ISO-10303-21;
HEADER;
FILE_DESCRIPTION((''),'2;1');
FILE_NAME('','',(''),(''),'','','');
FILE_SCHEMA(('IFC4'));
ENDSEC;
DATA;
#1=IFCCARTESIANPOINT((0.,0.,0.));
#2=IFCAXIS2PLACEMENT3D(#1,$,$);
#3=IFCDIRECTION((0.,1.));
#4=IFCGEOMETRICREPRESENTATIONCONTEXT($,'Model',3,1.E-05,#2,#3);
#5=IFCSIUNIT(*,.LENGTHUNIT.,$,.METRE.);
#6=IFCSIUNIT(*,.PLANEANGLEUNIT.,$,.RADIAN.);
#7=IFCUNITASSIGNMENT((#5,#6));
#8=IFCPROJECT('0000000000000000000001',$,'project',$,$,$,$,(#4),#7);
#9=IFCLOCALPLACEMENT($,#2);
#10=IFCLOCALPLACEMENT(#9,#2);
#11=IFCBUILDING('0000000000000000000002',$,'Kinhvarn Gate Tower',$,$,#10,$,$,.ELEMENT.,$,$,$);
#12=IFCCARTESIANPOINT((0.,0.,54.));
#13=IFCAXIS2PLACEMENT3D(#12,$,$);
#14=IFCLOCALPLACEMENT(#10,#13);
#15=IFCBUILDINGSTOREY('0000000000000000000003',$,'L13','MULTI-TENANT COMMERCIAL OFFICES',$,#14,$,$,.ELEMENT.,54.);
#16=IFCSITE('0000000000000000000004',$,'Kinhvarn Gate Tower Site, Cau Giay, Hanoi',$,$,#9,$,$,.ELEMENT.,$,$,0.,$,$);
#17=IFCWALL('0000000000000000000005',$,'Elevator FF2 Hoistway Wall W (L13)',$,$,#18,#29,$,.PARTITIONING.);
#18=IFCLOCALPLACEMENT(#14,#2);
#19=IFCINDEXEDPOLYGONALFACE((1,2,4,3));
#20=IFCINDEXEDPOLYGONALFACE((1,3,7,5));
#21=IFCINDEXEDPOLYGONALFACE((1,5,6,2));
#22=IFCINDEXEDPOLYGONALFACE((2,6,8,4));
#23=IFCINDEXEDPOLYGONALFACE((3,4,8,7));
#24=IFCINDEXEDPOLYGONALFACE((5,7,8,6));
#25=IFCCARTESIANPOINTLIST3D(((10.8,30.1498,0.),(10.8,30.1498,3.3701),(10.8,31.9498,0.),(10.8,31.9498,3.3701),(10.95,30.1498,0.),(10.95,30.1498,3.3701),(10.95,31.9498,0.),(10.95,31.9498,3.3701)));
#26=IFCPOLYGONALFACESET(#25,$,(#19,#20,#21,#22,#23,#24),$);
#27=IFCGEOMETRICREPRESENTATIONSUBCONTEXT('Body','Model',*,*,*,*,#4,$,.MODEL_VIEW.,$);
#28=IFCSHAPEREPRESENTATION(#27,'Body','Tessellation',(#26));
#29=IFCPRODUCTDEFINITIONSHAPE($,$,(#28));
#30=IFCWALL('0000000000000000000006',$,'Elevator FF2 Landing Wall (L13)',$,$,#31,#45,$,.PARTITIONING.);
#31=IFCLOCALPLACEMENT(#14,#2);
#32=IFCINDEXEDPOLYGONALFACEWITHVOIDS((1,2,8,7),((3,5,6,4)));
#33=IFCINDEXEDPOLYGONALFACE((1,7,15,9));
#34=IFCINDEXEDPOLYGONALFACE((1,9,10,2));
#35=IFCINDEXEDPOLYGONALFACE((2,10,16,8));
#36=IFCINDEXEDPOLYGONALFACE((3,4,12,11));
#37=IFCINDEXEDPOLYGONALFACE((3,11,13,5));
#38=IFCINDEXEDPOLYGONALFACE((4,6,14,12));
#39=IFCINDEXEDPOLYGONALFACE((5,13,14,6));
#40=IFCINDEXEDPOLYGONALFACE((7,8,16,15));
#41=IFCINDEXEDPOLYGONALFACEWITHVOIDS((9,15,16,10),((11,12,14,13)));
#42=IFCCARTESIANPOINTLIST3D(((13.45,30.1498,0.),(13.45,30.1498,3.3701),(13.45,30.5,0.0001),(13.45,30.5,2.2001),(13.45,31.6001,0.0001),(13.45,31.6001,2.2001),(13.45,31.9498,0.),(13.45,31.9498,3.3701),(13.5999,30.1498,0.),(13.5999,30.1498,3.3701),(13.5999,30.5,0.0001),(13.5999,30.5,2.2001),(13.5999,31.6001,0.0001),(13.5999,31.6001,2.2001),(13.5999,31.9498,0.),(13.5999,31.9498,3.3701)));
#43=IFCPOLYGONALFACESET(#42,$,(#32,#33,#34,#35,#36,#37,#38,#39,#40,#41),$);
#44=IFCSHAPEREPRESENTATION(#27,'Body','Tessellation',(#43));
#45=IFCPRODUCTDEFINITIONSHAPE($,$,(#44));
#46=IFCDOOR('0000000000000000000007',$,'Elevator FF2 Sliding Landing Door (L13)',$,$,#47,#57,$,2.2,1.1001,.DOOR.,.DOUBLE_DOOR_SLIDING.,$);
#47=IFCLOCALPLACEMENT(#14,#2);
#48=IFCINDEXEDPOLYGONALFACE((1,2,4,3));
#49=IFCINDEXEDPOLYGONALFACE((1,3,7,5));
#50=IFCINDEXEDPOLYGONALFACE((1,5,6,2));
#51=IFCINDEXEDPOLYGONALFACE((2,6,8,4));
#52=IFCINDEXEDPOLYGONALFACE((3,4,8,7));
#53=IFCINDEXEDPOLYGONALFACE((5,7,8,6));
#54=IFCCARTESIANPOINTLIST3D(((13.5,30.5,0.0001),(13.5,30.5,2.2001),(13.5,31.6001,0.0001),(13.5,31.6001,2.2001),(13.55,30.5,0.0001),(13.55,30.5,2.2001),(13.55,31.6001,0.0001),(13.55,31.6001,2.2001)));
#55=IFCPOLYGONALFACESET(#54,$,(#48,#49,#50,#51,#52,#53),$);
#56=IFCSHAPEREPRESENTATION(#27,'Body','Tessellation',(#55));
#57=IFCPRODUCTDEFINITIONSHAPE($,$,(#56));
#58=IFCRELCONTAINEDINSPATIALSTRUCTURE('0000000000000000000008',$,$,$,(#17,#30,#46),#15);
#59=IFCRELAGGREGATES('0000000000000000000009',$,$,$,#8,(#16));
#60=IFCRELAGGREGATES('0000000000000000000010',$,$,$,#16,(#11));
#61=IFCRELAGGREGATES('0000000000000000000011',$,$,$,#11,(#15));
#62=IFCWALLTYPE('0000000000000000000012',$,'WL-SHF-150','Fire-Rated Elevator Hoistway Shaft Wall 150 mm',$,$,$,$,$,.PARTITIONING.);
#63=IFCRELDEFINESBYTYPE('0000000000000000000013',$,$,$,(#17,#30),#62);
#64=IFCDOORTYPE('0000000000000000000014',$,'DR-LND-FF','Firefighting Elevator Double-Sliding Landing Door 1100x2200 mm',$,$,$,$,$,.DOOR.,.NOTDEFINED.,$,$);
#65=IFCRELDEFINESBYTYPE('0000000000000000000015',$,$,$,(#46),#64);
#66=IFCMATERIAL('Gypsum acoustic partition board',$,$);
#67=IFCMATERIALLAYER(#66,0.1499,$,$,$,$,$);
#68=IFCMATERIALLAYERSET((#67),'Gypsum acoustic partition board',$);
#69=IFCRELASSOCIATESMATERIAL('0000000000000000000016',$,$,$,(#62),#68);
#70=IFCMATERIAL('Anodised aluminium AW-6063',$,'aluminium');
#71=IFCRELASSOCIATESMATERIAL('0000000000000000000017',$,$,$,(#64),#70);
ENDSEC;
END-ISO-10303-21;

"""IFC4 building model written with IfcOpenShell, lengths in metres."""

from ifc_helpers import new_model, si_unit, direction, frame, frame_2d, origin, place, context, subcontext, project, spatial, rectangle, extrude, material, layer, layer_set, type_object, element, fill, save


model = new_model("IFC4")

# Units and contexts
model_context = context("Model", 3, precision=1e-05, world=origin(), true_north=direction((0.0, 1.0)))
body_context = subcontext(model_context, "Body", "Model", "MODEL_VIEW")
ifc_project = project(units=[si_unit("LENGTHUNIT", "METRE"), si_unit("PLANEANGLEUNIT", "RADIAN")], contexts=[model_context])

# Site, building, storey
site_placement = place(None, origin())
site = spatial("IfcSite", under=ifc_project, at=site_placement, Name="Kinhvarn Gate Tower Site, Cau Giay, Hanoi", CompositionType="ELEMENT", RefElevation=0.0)
building_placement = place(site_placement, origin())
building = spatial("IfcBuilding", under=site, at=building_placement, Name="Kinhvarn Gate Tower", CompositionType="ELEMENT")
storey_placement = place(building_placement, frame((0.0, 0.0, 54.0)))
storey = spatial("IfcBuildingStorey", under=building, at=storey_placement, Name="L13", Description="MULTI-TENANT COMMERCIAL OFFICES", CompositionType="ELEMENT", Elevation=54.0)

# Shared definitions
ifc_material_1 = material(Name="Anodised aluminium AW-6063", Category="aluminium")
ifc_material_2 = material(Name="Gypsum acoustic partition board")

# Shared definitions
ifc_layer_1 = layer(ifc_material_2, 0.1499)
ifc_layer_set_1 = layer_set([ifc_layer_1], Name="Gypsum acoustic partition board")
wall_type_1 = type_object("IfcWallType", Name="WL-SHF-150", Description="Fire-Rated Elevator Hoistway Shaft Wall 150 mm", PredefinedType="PARTITIONING", material=ifc_layer_set_1)

# Wall
wall_1_placement = place(storey_placement, frame((10.875, 30.1499, 0.0), z_axis=(0.0, 0.0, 1.0), x_axis=(0.0, 1.0, 0.0)))
element("IfcWall", 1, at=wall_1_placement, inside=storey, type_object=wall_type_1, Name="Elevator FF2 Hoistway Wall W (L13)", PredefinedType="PARTITIONING", context=body_context, shape_type="SweptSolid", body=[
    extrude(rectangle(XDim=1.8, YDim=0.1499, at=frame_2d((0.8999, 0.0))), origin(), (0.0, 0.0, 1.0), 3.3701),
])

# Wall, opening, door
wall_2_placement = place(storey_placement, frame((13.5249, 30.1499, 0.0), z_axis=(0.0, 0.0, 1.0), x_axis=(0.0, 1.0, 0.0)))
wall_2 = element("IfcWall", 2, at=wall_2_placement, inside=storey, type_object=wall_type_1, Name="Elevator FF2 Landing Wall (L13)", PredefinedType="PARTITIONING", context=body_context, shape_type="SweptSolid", body=[
    extrude(rectangle(XDim=1.8, YDim=0.1499, at=frame_2d((0.8999, 0.0))), origin(), (0.0, 0.0, 1.0), 3.3701),
])
opening_1_placement = place(wall_2_placement, frame((0.3501, 0.0, 0.0)))
opening_1 = element("IfcOpeningElement", 3, at=opening_1_placement, cuts=wall_2, PredefinedType="OPENING", context=body_context, shape_type="SweptSolid", body=[
    extrude(rectangle(XDim=1.1001, YDim=2.2, at=frame_2d((0.55, 1.1001))), frame((0.0, 0.085, 0.0), z_axis=(0.0, -1.0, 0.0), x_axis=(1.0, 0.0, 0.0)), (0.0, 0.0, 1.0), 0.1699),
])
door_type_1 = type_object("IfcDoorType", Name="DR-LND-FF", Description="Firefighting Elevator Double-Sliding Landing Door 1100x2200 mm", OperationType="NOTDEFINED", PredefinedType="DOOR", material=ifc_material_1)
door_1_placement = place(opening_1_placement, origin())
door_1 = element("IfcDoor", 4, at=door_1_placement, inside=storey, type_object=door_type_1, Name="Elevator FF2 Sliding Landing Door (L13)", OperationType="DOUBLE_DOOR_SLIDING", OverallHeight=2.2, OverallWidth=1.1001, PredefinedType="DOOR", context=body_context, shape_type="SweptSolid", body=[
    extrude(rectangle(XDim=1.1001, YDim=2.2, at=frame_2d((0.55, 1.1001))), frame((0.0, 0.0249, 0.0), z_axis=(0.0, -1.0, 0.0), x_axis=(1.0, 0.0, 0.0)), (0.0, 0.0, 1.0), 0.05),
])
fill(opening_1, door_1)

save(model, "model.ifc")
